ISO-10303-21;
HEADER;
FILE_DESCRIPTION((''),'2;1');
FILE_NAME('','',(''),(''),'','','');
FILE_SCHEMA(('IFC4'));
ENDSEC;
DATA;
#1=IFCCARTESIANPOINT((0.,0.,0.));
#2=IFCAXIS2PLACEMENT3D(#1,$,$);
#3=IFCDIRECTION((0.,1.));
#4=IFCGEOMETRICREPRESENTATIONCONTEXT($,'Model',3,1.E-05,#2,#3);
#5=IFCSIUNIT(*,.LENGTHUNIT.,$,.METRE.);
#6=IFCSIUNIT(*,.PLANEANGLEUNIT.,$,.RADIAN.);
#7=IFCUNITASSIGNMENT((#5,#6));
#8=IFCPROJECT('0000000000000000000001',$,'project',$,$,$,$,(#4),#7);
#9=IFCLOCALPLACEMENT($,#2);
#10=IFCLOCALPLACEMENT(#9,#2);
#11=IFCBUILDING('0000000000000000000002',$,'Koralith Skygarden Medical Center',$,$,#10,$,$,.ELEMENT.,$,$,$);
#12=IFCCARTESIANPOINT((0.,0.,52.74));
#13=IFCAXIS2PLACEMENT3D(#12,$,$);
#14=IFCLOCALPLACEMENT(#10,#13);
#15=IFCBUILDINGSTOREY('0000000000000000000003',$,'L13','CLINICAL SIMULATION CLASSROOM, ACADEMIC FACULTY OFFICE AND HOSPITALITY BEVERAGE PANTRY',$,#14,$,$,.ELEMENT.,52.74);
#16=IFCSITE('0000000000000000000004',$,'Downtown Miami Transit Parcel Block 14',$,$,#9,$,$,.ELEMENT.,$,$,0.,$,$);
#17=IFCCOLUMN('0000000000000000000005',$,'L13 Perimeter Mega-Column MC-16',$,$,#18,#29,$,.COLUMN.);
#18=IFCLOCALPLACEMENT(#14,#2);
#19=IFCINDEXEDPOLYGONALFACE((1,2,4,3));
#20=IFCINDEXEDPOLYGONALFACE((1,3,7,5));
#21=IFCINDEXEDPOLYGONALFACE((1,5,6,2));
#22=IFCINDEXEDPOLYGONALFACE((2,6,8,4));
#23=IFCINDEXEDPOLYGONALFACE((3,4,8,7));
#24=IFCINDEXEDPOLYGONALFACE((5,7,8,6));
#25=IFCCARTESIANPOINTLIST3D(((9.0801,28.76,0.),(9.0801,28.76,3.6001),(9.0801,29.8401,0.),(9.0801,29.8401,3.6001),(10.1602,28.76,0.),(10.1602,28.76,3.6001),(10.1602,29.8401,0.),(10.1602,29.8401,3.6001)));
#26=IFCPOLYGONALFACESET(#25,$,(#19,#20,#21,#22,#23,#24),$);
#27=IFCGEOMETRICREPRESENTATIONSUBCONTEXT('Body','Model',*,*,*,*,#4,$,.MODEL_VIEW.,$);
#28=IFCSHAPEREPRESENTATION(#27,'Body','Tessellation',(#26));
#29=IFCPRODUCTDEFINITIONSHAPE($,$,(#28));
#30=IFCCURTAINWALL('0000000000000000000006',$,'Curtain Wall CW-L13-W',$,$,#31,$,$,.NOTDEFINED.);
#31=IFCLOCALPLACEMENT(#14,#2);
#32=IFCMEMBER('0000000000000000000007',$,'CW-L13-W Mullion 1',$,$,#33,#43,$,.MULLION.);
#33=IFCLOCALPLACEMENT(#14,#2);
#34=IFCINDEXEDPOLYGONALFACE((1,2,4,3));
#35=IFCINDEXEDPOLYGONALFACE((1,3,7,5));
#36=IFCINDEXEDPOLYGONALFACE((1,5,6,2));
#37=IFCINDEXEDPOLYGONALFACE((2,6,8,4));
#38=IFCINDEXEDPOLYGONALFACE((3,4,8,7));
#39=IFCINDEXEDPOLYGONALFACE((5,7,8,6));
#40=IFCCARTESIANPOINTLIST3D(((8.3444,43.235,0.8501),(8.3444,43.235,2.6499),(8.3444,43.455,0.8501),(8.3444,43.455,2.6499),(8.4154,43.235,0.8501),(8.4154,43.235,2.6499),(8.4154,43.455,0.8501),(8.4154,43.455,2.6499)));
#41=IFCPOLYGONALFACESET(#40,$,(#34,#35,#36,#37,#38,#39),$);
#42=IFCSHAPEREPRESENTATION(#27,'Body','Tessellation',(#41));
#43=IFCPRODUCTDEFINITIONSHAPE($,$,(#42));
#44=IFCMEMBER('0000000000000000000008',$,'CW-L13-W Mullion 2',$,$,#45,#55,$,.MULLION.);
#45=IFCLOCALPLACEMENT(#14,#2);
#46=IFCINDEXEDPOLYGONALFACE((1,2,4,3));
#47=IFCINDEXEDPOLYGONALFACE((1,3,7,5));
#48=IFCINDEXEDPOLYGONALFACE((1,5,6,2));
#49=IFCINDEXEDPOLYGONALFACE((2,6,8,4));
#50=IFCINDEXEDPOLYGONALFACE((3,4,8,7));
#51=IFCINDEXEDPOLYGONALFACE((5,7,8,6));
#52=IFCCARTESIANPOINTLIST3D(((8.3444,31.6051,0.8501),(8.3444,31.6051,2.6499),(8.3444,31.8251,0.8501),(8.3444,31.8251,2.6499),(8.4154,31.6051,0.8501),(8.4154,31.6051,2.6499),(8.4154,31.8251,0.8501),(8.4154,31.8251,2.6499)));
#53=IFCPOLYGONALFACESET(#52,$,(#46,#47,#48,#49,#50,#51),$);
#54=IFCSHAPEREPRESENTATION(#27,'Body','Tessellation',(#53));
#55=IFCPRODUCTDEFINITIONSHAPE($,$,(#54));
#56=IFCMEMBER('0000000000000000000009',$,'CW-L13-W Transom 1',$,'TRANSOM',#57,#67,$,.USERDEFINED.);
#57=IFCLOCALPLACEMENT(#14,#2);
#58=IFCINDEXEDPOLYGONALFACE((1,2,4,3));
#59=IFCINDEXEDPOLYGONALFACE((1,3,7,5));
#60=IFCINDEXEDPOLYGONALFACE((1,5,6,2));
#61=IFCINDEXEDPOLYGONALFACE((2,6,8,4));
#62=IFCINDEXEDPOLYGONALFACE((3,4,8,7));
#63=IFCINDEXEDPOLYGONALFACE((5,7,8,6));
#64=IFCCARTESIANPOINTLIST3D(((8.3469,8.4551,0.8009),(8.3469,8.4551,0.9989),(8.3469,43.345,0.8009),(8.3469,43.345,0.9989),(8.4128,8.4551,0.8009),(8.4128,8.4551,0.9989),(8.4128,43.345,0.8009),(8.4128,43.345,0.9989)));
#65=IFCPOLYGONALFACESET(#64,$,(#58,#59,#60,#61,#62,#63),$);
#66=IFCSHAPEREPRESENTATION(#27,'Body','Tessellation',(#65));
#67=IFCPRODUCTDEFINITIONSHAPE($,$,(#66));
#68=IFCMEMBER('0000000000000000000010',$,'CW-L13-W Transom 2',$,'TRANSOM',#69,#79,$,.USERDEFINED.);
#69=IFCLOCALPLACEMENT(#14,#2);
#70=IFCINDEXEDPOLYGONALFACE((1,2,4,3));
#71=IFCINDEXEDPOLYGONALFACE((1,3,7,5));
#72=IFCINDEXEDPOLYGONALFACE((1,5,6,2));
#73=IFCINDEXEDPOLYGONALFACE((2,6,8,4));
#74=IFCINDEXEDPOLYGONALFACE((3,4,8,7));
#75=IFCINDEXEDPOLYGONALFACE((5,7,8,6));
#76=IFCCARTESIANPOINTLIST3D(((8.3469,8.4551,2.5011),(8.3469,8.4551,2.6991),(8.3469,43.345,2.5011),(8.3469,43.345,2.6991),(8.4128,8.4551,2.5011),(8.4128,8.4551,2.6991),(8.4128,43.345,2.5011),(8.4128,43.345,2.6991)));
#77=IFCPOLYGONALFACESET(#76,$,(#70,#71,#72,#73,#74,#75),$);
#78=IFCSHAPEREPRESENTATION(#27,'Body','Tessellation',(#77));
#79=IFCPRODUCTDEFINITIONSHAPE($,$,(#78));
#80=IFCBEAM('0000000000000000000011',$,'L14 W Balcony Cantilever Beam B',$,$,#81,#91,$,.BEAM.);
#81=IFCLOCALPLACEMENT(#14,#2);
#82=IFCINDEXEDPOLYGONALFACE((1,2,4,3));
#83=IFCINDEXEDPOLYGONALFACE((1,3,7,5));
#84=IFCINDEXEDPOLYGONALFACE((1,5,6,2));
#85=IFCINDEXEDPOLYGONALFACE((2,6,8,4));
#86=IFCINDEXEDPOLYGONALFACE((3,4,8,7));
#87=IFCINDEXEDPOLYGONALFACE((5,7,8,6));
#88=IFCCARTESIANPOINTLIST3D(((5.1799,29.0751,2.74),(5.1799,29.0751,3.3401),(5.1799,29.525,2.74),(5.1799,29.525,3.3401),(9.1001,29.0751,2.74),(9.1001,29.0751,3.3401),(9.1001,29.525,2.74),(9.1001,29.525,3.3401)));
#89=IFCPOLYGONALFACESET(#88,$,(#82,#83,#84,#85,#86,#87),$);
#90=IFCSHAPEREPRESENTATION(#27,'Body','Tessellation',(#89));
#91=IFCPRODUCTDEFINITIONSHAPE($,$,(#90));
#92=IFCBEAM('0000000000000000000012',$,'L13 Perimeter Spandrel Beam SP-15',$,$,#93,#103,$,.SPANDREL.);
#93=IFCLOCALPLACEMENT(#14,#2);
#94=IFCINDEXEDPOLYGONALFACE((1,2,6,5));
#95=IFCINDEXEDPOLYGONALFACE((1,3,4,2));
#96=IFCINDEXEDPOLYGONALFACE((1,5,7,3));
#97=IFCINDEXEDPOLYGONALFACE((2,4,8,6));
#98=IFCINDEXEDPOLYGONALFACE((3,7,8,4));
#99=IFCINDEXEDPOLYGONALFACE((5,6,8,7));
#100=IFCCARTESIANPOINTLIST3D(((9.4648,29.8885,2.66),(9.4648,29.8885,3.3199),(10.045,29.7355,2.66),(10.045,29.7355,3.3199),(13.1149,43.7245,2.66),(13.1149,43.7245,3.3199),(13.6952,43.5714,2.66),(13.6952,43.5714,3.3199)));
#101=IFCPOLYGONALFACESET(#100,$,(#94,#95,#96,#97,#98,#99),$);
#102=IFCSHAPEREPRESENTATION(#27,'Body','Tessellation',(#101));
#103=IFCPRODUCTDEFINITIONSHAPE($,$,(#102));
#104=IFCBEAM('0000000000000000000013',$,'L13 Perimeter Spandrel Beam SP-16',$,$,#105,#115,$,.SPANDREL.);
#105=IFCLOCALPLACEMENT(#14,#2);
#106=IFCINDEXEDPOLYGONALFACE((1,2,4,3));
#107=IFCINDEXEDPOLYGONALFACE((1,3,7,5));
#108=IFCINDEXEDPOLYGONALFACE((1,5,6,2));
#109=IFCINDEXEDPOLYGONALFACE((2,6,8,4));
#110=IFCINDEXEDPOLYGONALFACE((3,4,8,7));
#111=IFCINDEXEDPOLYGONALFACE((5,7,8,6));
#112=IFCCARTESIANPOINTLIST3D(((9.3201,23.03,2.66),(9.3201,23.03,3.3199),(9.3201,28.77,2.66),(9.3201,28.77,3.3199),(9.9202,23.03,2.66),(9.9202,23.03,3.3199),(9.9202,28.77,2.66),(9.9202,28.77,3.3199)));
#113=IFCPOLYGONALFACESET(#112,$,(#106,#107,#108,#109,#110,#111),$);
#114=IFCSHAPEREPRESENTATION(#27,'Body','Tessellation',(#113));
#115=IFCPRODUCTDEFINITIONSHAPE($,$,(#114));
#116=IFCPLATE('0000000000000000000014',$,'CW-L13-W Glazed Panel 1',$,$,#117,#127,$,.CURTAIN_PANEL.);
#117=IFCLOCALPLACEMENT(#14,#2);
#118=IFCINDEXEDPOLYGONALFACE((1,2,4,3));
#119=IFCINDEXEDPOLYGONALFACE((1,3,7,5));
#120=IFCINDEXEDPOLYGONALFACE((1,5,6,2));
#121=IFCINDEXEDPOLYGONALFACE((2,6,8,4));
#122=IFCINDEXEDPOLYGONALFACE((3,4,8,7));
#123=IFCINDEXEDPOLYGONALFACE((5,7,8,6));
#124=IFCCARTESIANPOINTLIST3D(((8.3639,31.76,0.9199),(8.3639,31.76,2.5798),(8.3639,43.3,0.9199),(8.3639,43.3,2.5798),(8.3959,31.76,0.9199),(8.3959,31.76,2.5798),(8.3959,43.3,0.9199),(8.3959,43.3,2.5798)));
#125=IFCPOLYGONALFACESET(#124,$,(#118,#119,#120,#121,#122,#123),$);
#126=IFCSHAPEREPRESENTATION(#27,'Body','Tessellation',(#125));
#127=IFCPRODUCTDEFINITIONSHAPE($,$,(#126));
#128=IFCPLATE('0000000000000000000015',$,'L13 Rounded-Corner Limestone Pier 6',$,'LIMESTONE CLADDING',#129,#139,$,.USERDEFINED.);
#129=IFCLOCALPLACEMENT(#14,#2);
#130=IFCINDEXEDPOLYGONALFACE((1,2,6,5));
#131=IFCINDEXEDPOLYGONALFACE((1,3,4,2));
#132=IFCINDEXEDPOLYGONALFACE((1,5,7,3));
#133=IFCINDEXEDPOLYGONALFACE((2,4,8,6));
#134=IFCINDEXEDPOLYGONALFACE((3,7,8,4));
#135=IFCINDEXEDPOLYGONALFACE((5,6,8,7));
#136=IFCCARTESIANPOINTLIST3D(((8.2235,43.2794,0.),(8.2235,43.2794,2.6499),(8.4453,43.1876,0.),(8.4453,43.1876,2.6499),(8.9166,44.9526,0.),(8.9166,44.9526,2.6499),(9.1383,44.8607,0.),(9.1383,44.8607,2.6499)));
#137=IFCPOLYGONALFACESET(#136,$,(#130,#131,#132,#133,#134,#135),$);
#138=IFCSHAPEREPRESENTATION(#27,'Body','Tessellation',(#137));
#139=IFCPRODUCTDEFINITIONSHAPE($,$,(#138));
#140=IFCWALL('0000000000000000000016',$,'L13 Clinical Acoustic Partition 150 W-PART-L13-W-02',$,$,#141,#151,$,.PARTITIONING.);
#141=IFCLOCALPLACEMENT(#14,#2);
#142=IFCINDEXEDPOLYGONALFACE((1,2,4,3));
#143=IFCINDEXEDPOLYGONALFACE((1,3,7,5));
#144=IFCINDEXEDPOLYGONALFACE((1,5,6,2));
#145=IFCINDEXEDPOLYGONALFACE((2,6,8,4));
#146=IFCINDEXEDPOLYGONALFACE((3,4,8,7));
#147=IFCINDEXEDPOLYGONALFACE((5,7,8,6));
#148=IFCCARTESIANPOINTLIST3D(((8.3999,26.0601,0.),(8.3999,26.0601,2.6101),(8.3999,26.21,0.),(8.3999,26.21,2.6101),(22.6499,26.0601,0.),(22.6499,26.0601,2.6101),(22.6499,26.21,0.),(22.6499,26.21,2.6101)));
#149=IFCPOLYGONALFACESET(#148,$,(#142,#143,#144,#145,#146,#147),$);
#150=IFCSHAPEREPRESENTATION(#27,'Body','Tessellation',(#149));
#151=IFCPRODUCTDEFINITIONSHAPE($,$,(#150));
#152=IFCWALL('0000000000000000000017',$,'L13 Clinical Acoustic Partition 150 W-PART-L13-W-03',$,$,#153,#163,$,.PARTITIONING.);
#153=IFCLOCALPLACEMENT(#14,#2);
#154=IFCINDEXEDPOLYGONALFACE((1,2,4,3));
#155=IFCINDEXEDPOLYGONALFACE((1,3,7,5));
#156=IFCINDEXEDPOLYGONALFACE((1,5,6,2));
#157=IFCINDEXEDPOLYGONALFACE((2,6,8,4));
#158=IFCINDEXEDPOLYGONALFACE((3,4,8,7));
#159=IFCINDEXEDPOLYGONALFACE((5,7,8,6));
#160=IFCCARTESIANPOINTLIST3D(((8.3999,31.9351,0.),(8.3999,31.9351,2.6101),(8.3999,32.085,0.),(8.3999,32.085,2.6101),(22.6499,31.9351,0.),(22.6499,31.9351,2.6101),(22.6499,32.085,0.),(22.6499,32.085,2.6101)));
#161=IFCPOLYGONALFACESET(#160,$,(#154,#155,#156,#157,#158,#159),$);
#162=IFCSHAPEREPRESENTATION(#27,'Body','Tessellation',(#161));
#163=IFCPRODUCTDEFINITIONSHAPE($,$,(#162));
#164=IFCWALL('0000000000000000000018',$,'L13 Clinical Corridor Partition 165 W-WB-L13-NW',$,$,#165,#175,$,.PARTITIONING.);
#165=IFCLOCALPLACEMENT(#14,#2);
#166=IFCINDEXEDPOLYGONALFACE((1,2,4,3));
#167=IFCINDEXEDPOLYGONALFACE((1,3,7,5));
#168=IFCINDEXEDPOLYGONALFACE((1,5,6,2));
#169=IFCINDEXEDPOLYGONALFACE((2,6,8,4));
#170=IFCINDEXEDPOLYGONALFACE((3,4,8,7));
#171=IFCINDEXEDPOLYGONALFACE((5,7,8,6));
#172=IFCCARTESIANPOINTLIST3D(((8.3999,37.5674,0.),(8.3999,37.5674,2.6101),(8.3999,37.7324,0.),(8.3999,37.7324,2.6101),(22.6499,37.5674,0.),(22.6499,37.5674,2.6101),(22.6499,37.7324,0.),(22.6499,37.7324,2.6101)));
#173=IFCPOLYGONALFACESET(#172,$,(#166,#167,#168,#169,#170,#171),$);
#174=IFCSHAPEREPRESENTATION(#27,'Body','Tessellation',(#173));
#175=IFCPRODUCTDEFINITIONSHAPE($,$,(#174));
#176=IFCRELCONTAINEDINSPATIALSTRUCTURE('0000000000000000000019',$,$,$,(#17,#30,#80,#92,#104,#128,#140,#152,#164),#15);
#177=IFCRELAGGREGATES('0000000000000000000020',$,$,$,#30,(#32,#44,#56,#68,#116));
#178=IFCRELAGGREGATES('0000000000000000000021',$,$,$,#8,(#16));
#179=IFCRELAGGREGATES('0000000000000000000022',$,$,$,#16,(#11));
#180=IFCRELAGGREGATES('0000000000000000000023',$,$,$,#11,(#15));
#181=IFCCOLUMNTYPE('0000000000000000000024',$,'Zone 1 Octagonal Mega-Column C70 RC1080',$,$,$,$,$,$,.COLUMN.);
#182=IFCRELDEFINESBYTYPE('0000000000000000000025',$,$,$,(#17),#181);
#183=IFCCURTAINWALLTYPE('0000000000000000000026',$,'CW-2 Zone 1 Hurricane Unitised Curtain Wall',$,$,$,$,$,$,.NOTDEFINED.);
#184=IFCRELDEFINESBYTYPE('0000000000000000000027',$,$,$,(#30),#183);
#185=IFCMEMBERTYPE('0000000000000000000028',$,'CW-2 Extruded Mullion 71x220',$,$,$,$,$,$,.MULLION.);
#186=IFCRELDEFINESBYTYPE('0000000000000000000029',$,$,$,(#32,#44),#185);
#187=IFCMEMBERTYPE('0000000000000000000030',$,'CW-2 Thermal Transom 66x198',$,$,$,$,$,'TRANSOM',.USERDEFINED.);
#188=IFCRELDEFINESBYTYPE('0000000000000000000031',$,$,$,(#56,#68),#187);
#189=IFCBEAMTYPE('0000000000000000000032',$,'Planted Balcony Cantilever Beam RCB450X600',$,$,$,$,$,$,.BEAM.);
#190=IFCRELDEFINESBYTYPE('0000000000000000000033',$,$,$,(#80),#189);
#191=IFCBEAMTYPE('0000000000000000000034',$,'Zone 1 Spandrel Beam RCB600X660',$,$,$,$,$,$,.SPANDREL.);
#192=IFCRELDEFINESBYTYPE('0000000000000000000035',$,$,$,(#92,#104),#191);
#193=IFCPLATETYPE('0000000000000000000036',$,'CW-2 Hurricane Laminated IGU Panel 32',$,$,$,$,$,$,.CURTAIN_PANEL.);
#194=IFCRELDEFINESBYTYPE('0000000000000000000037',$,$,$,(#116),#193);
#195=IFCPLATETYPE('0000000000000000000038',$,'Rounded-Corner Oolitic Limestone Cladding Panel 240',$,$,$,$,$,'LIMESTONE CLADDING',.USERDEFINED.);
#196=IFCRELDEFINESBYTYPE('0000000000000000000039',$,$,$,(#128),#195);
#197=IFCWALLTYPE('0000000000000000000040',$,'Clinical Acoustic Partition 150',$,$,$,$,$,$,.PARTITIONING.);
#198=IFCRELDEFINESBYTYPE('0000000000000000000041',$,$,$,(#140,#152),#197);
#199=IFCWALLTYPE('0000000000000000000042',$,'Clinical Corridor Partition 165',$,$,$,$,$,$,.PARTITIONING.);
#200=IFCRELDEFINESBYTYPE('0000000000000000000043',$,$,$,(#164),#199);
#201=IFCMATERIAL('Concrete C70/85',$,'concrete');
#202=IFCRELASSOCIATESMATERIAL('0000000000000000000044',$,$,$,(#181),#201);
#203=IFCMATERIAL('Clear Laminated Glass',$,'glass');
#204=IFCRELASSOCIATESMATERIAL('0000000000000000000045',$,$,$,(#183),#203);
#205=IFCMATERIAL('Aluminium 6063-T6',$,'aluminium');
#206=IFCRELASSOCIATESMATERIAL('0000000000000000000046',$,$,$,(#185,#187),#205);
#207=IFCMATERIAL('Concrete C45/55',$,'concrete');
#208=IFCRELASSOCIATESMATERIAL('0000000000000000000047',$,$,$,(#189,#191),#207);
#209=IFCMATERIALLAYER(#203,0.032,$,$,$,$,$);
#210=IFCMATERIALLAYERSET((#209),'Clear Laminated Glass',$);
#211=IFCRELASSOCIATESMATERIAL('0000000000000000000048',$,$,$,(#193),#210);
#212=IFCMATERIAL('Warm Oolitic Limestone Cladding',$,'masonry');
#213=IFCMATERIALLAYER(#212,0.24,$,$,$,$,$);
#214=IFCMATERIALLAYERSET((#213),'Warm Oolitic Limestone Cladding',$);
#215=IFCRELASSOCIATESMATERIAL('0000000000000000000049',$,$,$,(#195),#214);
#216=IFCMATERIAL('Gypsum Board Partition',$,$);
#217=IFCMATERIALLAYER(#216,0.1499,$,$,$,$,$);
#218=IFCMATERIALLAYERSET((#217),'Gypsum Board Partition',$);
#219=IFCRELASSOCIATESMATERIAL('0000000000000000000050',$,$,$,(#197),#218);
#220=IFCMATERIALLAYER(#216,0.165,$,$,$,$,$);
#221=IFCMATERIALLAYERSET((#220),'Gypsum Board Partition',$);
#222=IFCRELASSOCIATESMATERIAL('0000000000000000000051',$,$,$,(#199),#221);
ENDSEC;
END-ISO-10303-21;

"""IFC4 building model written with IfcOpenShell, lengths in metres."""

from ifc_helpers import new_model, si_unit, direction, frame, frame_2d, origin, origin_2d, place, context, subcontext, project, spatial, rectangle, extrude, material, layer, layer_set, material_profile, profile_set, type_object, element, aggregate, save


model = new_model("IFC4")

# Units and contexts
model_context = context("Model", 3, precision=1e-05, world=origin(), true_north=direction((0.0, 1.0)))
body_context = subcontext(model_context, "Body", "Model", "MODEL_VIEW")
ifc_project = project(units=[si_unit("LENGTHUNIT", "METRE"), si_unit("PLANEANGLEUNIT", "RADIAN")], contexts=[model_context])

# Site, building, storey
site_placement = place(None, origin())
site = spatial("IfcSite", under=ifc_project, at=site_placement, Name="Downtown Miami Transit Parcel Block 14", CompositionType="ELEMENT", RefElevation=0.0)
building_placement = place(site_placement, origin())
building = spatial("IfcBuilding", under=site, at=building_placement, Name="Koralith Skygarden Medical Center", CompositionType="ELEMENT")
storey_placement = place(building_placement, frame((0.0, 0.0, 52.74)))
storey = spatial("IfcBuildingStorey", under=building, at=storey_placement, Name="L13", Description="CLINICAL SIMULATION CLASSROOM, ACADEMIC FACULTY OFFICE AND HOSPITALITY BEVERAGE PANTRY", CompositionType="ELEMENT", Elevation=52.74)

# Column
ifc_material_1 = material(Name="Concrete C70/85", Category="concrete")
ifc_material_profile_1 = material_profile(ifc_material_1, rectangle(XDim=1.0801, YDim=1.0801, at=origin_2d()), Name="RC1080X1080")
ifc_profile_set_1 = profile_set([ifc_material_profile_1], Name="Concrete C70/85")
column_type = type_object("IfcColumnType", Name="Zone 1 Octagonal Mega-Column C70 RC1080", PredefinedType="COLUMN", material=ifc_profile_set_1)
column_placement = place(storey_placement, frame((9.6201, 29.3, 0.0), z_axis=(0.0, 0.0, 1.0), x_axis=(1.0, 0.0, 0.0)))
element("IfcColumn", 1, at=column_placement, inside=storey, type_object=column_type, Name="L13 Perimeter Mega-Column MC-16", PredefinedType="COLUMN", context=body_context, shape_type="SweptSolid", body=[
    extrude(rectangle(XDim=1.0801, YDim=1.0801, at=origin_2d()), origin(), (0.0, 0.0, 1.0), 3.6001),
])

# Curtain wall, members
ifc_material_2 = material(Name="Clear Laminated Glass", Category="glass")
curtain_wall_type = type_object("IfcCurtainWallType", Name="CW-2 Zone 1 Hurricane Unitised Curtain Wall", PredefinedType="NOTDEFINED", material=ifc_material_2)
curtain_wall_placement = place(storey_placement, origin())
curtain_wall = element("IfcCurtainWall", 2, at=curtain_wall_placement, inside=storey, type_object=curtain_wall_type, Name="Curtain Wall CW-L13-W", PredefinedType="NOTDEFINED")
ifc_material_3 = material(Name="Aluminium 6063-T6", Category="aluminium")
ifc_material_profile_2 = material_profile(ifc_material_3, rectangle(XDim=0.071, YDim=0.22, at=origin_2d()), Name="MUL71X220")
ifc_profile_set_2 = profile_set([ifc_material_profile_2], Name="Aluminium 6063-T6")
member_type_1 = type_object("IfcMemberType", Name="CW-2 Extruded Mullion 71x220", PredefinedType="MULLION", material=ifc_profile_set_2)
member_1_placement = place(storey_placement, frame((8.3799, 43.345, 0.8501), z_axis=(0.0, 0.0, 1.0), x_axis=(1.0, 0.0, 0.0)))
member_1 = element("IfcMember", 3, at=member_1_placement, type_object=member_type_1, Name="CW-L13-W Mullion 1", PredefinedType="MULLION", context=body_context, shape_type="SweptSolid", body=[
    extrude(rectangle(XDim=0.071, YDim=0.22, at=origin_2d()), origin(), (0.0, 0.0, 1.0), 1.7998),
])
member_2_placement = place(storey_placement, frame((8.3799, 31.7151, 0.8501), z_axis=(0.0, 0.0, 1.0), x_axis=(1.0, 0.0, 0.0)))
member_2 = element("IfcMember", 4, at=member_2_placement, type_object=member_type_1, Name="CW-L13-W Mullion 2", PredefinedType="MULLION", context=body_context, shape_type="SweptSolid", body=[
    extrude(rectangle(XDim=0.071, YDim=0.22, at=origin_2d()), origin(), (0.0, 0.0, 1.0), 1.7998),
])
ifc_material_profile_3 = material_profile(ifc_material_3, rectangle(XDim=0.0659, YDim=0.198, at=origin_2d()), Name="TRN66X198")
ifc_profile_set_3 = profile_set([ifc_material_profile_3], Name="Aluminium 6063-T6")
member_type_2 = type_object("IfcMemberType", Name="CW-2 Thermal Transom 66x198", ElementType="TRANSOM", PredefinedType="USERDEFINED", material=ifc_profile_set_3)
member_3_placement = place(storey_placement, frame((8.3799, 43.345, 0.8999), z_axis=(0.0, -1.0, 0.0), x_axis=(1.0, 0.0, 0.0)))
member_3 = element("IfcMember", 5, at=member_3_placement, type_object=member_type_2, Name="CW-L13-W Transom 1", ObjectType="TRANSOM", PredefinedType="USERDEFINED", context=body_context, shape_type="SweptSolid", body=[
    extrude(rectangle(XDim=0.0659, YDim=0.198, at=origin_2d()), origin(), (0.0, 0.0, 1.0), 34.8899),
])
member_4_placement = place(storey_placement, frame((8.3799, 43.345, 2.6001), z_axis=(0.0, -1.0, 0.0), x_axis=(1.0, 0.0, 0.0)))
member_4 = element("IfcMember", 6, at=member_4_placement, type_object=member_type_2, Name="CW-L13-W Transom 2", ObjectType="TRANSOM", PredefinedType="USERDEFINED", context=body_context, shape_type="SweptSolid", body=[
    extrude(rectangle(XDim=0.0659, YDim=0.198, at=origin_2d()), origin(), (0.0, 0.0, 1.0), 34.8899),
])

# Beams
ifc_material_4 = material(Name="Concrete C45/55", Category="concrete")
ifc_material_profile_4 = material_profile(ifc_material_4, rectangle(XDim=0.45, YDim=0.6001, at=origin_2d()), Name="RCB450X600")
ifc_profile_set_4 = profile_set([ifc_material_profile_4], Name="Concrete C45/55")
beam_type_1 = type_object("IfcBeamType", Name="Planted Balcony Cantilever Beam RCB450X600", PredefinedType="BEAM", material=ifc_profile_set_4)
beam_1_placement = place(storey_placement, frame((9.1001, 29.3, 3.04), z_axis=(-1.0, 0.0, 0.0), x_axis=(0.0, -1.0, 0.0)))
element("IfcBeam", 7, at=beam_1_placement, inside=storey, type_object=beam_type_1, Name="L14 W Balcony Cantilever Beam B", PredefinedType="BEAM", context=body_context, shape_type="SweptSolid", body=[
    extrude(rectangle(XDim=0.45, YDim=0.6001, at=origin_2d()), origin(), (0.0, 0.0, 1.0), 3.9202),
])
ifc_material_profile_5 = material_profile(ifc_material_4, rectangle(XDim=0.6001, YDim=0.6599, at=origin_2d()), Name="RCB600X660")
ifc_profile_set_5 = profile_set([ifc_material_profile_5], Name="Concrete C45/55")
beam_type_2 = type_object("IfcBeamType", Name="Zone 1 Spandrel Beam RCB600X660", PredefinedType="SPANDREL", material=ifc_profile_set_5)
beam_2_placement = place(storey_placement, frame((13.405, 43.6479, 2.99), z_axis=(-0.255089, -0.966918, 0.0), x_axis=(0.966918, -0.255089, 0.0)))
element("IfcBeam", 8, at=beam_2_placement, inside=storey, type_object=beam_type_2, Name="L13 Perimeter Spandrel Beam SP-15", PredefinedType="SPANDREL", context=body_context, shape_type="SweptSolid", body=[
    extrude(rectangle(XDim=0.6001, YDim=0.6599, at=origin_2d()), origin(), (0.0, 0.0, 1.0), 14.3093),
])
beam_3_placement = place(storey_placement, frame((9.6201, 28.77, 2.99), z_axis=(0.0, -1.0, 0.0), x_axis=(1.0, 0.0, 0.0)))
element("IfcBeam", 9, at=beam_3_placement, inside=storey, type_object=beam_type_2, Name="L13 Perimeter Spandrel Beam SP-16", PredefinedType="SPANDREL", context=body_context, shape_type="SweptSolid", body=[
    extrude(rectangle(XDim=0.6001, YDim=0.6599, at=origin_2d()), origin(), (0.0, 0.0, 1.0), 5.74),
])

# Plates
ifc_layer_1 = layer(ifc_material_2, 0.032)
ifc_layer_set_1 = layer_set([ifc_layer_1], Name="Clear Laminated Glass")
plate_type_1 = type_object("IfcPlateType", Name="CW-2 Hurricane Laminated IGU Panel 32", PredefinedType="CURTAIN_PANEL", material=ifc_layer_set_1)
plate_1_placement = place(storey_placement, frame((8.3799, 37.53, 0.9199), z_axis=(0.0, 0.0, 1.0), x_axis=(0.0, -1.0, 0.0)))
plate_1 = element("IfcPlate", 10, at=plate_1_placement, type_object=plate_type_1, Name="CW-L13-W Glazed Panel 1", PredefinedType="CURTAIN_PANEL", context=body_context, shape_type="SweptSolid", body=[
    extrude(rectangle(XDim=11.54, YDim=0.032, at=origin_2d()), origin(), (0.0, 0.0, 1.0), 1.6599),
])
aggregate(curtain_wall, [member_1, member_2, member_3, member_4, plate_1])
ifc_material_5 = material(Name="Warm Oolitic Limestone Cladding", Category="masonry")
ifc_layer_2 = layer(ifc_material_5, 0.24)
ifc_layer_set_2 = layer_set([ifc_layer_2], Name="Warm Oolitic Limestone Cladding")
plate_type_2 = type_object("IfcPlateType", Name="Rounded-Corner Oolitic Limestone Cladding Panel 240", ElementType="LIMESTONE CLADDING", PredefinedType="USERDEFINED", material=ifc_layer_set_2)
plate_2_placement = place(storey_placement, frame((8.6809, 44.0701, 0.0), z_axis=(0.0, 0.0, 1.0), x_axis=(-0.382671, -0.923885, 0.0)))
element("IfcPlate", 11, at=plate_2_placement, inside=storey, type_object=plate_type_2, Name="L13 Rounded-Corner Limestone Pier 6", ObjectType="LIMESTONE CLADDING", PredefinedType="USERDEFINED", context=body_context, shape_type="SweptSolid", body=[
    extrude(rectangle(XDim=1.811, YDim=0.24, at=origin_2d()), origin(), (0.0, 0.0, 1.0), 2.6499),
])

# Walls
ifc_material_6 = material(Name="Gypsum Board Partition")
ifc_layer_3 = layer(ifc_material_6, 0.1499)
ifc_layer_set_3 = layer_set([ifc_layer_3], Name="Gypsum Board Partition")
wall_type_1 = type_object("IfcWallType", Name="Clinical Acoustic Partition 150", PredefinedType="PARTITIONING", material=ifc_layer_set_3)
for number, where, z_axis, x_axis, name in (
    (12, (22.6499, 26.135, 0.0), (0.0, 0.0, 1.0), (-1.0, 0.0, 0.0), "L13 Clinical Acoustic Partition 150 W-PART-L13-W-02"),
    (13, (22.6499, 32.01, 0.0), (0.0, 0.0, 1.0), (-1.0, 0.0, 0.0), "L13 Clinical Acoustic Partition 150 W-PART-L13-W-03"),
):
    element("IfcWall", number, at=place(storey_placement, frame(where, z_axis=z_axis, x_axis=x_axis)), inside=storey, type_object=wall_type_1, Name=name, PredefinedType="PARTITIONING", context=body_context, shape_type="SweptSolid", body=[
        extrude(rectangle(XDim=14.25, YDim=0.1499, at=frame_2d((7.125, 0.0))), origin(), (0.0, 0.0, 1.0), 2.6101),
    ])
ifc_layer_4 = layer(ifc_material_6, 0.165)
ifc_layer_set_4 = layer_set([ifc_layer_4], Name="Gypsum Board Partition")
wall_type_2 = type_object("IfcWallType", Name="Clinical Corridor Partition 165", PredefinedType="PARTITIONING", material=ifc_layer_set_4)
wall_1_placement = place(storey_placement, frame((8.3999, 37.6499, 0.0), z_axis=(0.0, 0.0, 1.0), x_axis=(1.0, 0.0, 0.0)))
element("IfcWall", 14, at=wall_1_placement, inside=storey, type_object=wall_type_2, Name="L13 Clinical Corridor Partition 165 W-WB-L13-NW", PredefinedType="PARTITIONING", context=body_context, shape_type="SweptSolid", body=[
    extrude(rectangle(XDim=14.25, YDim=0.165, at=frame_2d((7.125, 0.0))), origin(), (0.0, 0.0, 1.0), 2.6101),
])

save(model, "model.ifc")
